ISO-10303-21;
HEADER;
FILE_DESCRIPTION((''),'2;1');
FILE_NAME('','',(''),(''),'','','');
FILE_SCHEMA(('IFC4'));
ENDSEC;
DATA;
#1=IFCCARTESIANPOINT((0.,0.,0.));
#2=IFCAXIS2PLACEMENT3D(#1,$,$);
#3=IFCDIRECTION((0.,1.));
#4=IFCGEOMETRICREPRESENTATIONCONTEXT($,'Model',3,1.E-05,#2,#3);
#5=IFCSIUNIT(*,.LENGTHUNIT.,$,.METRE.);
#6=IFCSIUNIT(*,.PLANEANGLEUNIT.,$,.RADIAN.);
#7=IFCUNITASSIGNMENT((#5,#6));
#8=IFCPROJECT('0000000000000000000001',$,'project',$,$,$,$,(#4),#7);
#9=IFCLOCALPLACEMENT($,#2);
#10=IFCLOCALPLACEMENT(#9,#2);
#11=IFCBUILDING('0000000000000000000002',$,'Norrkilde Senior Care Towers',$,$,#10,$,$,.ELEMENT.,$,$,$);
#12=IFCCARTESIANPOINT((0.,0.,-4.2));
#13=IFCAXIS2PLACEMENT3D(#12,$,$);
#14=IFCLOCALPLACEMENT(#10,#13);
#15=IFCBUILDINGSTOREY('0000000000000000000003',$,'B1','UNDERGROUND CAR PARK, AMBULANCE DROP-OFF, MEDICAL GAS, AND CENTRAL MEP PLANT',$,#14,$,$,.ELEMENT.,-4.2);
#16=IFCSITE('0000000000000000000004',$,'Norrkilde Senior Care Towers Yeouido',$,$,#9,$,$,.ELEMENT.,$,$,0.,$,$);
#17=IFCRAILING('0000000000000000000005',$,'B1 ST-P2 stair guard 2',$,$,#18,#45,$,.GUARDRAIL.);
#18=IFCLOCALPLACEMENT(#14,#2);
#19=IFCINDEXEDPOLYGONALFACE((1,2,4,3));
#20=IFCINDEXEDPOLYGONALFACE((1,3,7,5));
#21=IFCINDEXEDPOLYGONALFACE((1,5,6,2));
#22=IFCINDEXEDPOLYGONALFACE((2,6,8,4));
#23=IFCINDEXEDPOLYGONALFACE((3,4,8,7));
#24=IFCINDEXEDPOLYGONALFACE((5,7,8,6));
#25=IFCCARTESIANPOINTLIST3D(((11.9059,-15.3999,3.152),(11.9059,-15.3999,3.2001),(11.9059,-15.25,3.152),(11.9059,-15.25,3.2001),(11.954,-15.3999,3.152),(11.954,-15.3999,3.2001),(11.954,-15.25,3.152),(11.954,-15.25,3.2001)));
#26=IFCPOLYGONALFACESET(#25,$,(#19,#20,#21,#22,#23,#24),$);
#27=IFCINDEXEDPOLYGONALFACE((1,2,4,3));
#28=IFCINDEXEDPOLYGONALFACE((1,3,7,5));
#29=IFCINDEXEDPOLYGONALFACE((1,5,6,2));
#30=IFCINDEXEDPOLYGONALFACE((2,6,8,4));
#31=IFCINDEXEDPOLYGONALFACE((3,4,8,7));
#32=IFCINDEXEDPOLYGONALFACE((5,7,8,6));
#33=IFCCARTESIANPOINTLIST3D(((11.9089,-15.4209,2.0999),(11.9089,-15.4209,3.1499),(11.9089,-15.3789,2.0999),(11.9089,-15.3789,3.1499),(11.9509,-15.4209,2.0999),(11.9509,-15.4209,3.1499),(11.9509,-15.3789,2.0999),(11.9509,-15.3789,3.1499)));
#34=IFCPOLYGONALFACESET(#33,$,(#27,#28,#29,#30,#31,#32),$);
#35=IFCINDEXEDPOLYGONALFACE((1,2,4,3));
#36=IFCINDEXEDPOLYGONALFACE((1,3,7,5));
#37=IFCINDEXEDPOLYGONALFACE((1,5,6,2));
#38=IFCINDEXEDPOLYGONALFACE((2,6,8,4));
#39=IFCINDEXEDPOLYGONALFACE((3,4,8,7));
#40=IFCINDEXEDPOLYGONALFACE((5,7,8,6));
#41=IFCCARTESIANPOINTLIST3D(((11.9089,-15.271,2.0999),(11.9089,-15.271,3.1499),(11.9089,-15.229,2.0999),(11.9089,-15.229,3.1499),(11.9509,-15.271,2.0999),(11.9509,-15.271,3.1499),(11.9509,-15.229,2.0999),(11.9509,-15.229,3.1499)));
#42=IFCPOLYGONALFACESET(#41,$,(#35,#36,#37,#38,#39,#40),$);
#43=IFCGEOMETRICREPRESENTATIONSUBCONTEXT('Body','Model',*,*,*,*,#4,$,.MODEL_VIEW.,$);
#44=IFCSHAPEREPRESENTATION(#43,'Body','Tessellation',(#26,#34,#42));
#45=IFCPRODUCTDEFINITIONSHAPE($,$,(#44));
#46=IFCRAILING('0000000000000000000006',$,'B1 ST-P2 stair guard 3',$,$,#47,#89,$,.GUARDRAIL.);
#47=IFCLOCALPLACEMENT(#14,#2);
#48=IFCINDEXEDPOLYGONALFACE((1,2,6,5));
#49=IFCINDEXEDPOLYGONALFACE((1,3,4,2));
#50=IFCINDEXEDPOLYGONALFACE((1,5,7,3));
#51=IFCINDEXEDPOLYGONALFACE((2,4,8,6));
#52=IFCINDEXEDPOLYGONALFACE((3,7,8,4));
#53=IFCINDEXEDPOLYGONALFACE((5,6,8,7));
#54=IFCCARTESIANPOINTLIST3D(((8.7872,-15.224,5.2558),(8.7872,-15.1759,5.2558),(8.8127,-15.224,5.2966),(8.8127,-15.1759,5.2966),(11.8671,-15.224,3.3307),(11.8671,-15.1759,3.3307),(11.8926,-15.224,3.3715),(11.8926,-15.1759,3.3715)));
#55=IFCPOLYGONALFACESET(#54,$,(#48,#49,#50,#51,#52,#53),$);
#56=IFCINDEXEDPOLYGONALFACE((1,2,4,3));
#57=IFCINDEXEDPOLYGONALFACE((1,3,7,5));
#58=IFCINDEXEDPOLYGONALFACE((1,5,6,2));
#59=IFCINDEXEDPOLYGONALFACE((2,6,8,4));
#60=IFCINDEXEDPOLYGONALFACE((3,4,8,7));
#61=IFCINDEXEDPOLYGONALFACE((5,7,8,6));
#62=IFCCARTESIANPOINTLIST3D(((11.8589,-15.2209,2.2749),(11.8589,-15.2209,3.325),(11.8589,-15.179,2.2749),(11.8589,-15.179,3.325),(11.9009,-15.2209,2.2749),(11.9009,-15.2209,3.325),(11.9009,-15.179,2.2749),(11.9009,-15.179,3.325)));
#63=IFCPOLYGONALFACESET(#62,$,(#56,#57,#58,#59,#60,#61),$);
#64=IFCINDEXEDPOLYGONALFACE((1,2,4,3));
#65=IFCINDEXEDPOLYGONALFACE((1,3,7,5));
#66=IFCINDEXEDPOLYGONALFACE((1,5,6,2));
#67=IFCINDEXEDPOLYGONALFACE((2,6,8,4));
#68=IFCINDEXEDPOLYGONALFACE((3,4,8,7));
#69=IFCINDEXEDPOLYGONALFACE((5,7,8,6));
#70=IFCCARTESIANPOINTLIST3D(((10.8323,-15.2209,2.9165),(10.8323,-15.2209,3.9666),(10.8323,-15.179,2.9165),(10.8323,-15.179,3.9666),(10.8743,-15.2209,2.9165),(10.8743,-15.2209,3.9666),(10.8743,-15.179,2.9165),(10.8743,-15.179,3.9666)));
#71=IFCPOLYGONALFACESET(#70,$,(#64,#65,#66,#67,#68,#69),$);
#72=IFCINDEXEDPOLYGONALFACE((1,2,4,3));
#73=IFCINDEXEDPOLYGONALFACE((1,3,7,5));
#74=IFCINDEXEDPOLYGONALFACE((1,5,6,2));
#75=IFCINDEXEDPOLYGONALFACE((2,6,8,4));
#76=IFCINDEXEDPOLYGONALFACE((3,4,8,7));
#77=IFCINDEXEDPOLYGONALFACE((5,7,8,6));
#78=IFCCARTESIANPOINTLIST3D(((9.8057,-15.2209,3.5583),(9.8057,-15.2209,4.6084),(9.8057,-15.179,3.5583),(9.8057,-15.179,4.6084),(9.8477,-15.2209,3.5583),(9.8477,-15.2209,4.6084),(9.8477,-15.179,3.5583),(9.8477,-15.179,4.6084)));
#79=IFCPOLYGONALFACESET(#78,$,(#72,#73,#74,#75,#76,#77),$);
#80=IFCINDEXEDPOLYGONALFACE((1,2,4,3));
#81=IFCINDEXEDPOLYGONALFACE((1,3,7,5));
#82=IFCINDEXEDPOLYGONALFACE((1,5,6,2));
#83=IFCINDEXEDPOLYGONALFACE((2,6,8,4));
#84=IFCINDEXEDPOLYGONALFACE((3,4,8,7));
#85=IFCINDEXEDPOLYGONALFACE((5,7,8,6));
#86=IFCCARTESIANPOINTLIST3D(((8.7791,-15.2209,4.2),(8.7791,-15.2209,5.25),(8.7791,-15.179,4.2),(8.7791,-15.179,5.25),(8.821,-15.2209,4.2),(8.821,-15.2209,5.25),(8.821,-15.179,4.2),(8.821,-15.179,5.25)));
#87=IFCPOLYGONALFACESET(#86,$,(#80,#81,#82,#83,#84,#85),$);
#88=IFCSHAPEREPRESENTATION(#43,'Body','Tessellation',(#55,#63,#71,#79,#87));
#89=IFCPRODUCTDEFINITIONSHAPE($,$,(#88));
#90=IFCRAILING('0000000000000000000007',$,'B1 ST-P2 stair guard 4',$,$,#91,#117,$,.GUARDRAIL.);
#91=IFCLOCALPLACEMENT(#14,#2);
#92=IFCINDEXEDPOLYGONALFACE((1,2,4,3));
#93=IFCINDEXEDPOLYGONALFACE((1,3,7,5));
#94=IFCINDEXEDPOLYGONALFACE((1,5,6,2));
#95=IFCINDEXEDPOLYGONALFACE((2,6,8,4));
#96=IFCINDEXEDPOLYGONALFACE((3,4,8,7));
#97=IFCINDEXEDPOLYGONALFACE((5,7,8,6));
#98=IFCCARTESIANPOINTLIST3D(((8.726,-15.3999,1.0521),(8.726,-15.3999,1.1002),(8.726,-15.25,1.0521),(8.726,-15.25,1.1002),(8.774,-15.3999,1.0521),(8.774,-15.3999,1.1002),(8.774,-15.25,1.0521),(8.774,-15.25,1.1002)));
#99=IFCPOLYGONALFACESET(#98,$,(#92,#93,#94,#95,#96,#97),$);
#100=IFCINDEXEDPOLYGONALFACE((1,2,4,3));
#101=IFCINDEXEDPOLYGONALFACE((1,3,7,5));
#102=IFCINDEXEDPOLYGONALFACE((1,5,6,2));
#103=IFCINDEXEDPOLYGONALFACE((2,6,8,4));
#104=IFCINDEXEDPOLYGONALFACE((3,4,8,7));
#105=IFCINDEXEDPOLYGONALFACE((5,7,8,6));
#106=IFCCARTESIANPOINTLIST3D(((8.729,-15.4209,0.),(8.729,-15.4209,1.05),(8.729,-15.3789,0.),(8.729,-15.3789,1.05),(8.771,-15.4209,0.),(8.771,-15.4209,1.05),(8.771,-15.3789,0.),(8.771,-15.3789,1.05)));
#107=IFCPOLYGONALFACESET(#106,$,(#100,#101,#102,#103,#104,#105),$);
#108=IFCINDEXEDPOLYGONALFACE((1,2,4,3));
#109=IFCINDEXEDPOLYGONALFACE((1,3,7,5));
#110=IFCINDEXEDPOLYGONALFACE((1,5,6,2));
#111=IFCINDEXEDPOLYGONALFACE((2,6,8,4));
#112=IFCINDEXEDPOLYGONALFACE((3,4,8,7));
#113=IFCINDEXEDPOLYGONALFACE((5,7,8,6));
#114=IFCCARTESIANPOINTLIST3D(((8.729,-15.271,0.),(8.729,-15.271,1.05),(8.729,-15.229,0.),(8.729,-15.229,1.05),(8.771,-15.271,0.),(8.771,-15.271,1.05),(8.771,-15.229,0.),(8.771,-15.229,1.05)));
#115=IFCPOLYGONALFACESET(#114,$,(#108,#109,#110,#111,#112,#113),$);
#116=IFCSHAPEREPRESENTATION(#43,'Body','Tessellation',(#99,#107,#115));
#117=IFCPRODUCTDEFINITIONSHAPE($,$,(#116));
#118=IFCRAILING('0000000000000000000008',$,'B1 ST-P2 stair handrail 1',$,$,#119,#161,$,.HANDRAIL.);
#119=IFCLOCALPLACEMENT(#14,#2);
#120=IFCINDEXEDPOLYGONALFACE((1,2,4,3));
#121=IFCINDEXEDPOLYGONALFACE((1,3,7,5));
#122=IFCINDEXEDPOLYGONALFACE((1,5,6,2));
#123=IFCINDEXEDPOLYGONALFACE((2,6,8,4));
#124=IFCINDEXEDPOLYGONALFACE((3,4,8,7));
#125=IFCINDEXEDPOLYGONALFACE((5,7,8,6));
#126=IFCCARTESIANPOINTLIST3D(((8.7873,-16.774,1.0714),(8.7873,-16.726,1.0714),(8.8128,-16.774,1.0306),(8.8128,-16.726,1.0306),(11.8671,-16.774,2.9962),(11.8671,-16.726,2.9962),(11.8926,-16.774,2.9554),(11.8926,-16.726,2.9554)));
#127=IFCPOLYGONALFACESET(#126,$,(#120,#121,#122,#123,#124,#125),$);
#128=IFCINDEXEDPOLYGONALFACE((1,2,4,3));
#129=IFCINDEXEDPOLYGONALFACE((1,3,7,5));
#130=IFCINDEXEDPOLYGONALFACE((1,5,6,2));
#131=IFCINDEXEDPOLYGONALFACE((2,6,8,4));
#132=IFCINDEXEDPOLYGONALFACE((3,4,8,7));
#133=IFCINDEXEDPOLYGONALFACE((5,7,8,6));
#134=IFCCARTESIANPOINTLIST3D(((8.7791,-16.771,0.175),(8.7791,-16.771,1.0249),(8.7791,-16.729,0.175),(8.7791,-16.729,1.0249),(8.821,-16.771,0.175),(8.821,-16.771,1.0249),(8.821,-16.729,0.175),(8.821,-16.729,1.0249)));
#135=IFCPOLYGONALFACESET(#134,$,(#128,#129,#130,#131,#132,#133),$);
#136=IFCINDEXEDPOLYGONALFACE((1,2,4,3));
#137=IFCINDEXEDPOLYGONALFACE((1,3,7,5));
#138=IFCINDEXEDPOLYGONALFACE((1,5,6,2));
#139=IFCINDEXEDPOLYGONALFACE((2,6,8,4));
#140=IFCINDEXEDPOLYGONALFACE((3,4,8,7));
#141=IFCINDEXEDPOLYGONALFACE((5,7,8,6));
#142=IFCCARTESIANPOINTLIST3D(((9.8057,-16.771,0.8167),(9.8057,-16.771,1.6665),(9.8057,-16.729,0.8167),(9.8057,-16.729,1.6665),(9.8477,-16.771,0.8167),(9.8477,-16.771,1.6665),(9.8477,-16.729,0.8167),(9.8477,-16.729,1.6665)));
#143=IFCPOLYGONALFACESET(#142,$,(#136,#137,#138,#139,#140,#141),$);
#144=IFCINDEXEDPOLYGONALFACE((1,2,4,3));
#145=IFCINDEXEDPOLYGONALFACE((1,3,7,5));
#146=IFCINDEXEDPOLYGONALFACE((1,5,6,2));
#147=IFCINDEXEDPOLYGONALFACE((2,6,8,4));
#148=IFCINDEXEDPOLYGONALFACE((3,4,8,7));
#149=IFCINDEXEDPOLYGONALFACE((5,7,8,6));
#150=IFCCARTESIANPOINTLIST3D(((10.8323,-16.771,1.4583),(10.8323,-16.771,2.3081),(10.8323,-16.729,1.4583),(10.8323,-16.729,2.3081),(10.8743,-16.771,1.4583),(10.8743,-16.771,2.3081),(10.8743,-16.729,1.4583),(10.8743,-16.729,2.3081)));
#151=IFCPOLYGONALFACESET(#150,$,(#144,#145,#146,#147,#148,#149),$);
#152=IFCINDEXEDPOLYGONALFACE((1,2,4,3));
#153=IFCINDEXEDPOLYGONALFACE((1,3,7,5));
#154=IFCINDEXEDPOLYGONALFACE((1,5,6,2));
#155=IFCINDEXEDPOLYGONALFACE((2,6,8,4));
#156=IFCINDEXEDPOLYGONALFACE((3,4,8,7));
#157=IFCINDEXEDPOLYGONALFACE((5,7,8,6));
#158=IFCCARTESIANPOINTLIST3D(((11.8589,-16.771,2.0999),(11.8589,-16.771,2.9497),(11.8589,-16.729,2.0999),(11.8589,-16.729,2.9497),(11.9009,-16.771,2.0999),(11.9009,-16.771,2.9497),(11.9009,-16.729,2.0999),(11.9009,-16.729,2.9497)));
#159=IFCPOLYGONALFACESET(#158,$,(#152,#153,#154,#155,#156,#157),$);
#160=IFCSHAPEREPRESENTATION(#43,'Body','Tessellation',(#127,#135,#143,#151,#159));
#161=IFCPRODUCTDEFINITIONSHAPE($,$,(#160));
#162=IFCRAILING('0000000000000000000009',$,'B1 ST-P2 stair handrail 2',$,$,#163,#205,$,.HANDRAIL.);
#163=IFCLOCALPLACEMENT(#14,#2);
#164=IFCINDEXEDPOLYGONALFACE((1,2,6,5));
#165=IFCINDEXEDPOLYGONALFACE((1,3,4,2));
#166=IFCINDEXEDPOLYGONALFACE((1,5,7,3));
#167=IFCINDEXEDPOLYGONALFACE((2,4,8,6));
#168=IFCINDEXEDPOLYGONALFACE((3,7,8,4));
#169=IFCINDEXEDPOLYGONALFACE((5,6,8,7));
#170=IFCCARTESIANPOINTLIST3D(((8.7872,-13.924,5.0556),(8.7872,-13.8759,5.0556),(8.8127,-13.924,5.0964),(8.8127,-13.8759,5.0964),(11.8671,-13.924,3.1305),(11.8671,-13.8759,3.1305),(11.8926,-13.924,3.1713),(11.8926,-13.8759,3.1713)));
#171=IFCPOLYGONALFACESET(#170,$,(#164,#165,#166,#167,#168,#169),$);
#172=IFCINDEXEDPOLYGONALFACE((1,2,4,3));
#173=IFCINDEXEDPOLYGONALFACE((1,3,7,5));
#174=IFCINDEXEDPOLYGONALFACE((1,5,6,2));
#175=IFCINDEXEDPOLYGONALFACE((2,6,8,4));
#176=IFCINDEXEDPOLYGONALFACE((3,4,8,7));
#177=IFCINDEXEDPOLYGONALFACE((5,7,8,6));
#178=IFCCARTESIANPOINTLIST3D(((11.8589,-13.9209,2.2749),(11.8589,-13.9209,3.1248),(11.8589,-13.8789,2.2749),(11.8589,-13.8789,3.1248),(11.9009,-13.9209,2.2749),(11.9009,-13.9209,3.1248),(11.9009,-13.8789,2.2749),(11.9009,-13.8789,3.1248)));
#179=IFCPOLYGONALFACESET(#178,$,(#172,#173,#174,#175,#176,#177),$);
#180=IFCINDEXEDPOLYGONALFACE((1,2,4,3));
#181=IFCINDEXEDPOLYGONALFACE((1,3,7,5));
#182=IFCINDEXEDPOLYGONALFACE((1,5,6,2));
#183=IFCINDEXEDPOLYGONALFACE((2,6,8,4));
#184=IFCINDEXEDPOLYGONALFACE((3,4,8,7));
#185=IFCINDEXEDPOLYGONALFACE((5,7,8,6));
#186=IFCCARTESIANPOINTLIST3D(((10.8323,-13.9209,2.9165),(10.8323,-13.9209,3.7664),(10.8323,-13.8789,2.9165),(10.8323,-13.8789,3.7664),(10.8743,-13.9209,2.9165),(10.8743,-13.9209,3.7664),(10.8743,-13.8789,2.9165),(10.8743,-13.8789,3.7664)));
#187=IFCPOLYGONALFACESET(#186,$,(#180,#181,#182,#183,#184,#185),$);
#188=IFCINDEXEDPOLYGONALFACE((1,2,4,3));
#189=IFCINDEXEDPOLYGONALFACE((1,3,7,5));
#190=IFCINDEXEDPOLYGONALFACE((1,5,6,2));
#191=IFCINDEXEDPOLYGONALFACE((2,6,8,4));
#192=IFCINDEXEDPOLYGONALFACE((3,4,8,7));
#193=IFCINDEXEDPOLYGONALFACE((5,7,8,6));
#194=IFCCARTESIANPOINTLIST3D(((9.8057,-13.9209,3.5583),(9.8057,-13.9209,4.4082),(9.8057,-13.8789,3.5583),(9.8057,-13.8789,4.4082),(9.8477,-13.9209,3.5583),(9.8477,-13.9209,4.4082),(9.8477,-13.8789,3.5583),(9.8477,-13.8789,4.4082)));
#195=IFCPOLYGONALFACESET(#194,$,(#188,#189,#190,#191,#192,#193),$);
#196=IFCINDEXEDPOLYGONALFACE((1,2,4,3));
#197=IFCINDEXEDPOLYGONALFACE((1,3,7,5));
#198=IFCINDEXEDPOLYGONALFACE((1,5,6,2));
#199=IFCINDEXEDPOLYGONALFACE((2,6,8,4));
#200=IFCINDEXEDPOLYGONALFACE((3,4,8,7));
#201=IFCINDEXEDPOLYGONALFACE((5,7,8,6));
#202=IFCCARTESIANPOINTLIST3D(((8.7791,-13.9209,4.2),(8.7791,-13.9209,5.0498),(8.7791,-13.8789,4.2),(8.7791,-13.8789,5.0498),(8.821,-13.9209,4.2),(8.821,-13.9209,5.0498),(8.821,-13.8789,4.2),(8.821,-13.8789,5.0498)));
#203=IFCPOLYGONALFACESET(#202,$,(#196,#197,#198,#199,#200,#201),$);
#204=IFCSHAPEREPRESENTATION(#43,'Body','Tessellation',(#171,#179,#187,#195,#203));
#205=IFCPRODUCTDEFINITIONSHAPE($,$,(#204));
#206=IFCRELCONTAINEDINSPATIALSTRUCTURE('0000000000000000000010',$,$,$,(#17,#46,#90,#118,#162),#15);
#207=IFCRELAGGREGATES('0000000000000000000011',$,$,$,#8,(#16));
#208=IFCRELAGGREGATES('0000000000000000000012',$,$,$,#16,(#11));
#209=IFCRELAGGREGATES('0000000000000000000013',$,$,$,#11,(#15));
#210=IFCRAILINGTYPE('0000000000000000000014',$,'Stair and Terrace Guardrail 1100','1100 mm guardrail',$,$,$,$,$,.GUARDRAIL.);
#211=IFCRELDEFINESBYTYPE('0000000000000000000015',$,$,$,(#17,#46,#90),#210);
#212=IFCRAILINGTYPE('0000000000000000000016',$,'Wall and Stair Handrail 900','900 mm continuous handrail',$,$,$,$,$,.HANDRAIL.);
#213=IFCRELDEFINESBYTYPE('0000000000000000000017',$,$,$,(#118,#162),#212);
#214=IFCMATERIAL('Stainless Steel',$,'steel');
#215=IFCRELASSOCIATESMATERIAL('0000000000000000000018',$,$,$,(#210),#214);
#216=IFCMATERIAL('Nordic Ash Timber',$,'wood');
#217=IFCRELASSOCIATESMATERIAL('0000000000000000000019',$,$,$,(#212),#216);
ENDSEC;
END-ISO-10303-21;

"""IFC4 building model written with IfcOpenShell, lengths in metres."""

from ifc_helpers import new_model, si_unit, direction, frame, origin, origin_2d, place, context, subcontext, project, spatial, rectangle, extrude, material, type_object, element, save


model = new_model("IFC4")

# Units and contexts
model_context = context("Model", 3, precision=1e-05, world=origin(), true_north=direction((0.0, 1.0)))
body_context = subcontext(model_context, "Body", "Model", "MODEL_VIEW")
ifc_project = project(units=[si_unit("LENGTHUNIT", "METRE"), si_unit("PLANEANGLEUNIT", "RADIAN")], contexts=[model_context])

# Site, building, storey
site_placement = place(None, origin())
site = spatial("IfcSite", under=ifc_project, at=site_placement, Name="Norrkilde Senior Care Towers Yeouido", CompositionType="ELEMENT", RefElevation=0.0)
building_placement = place(site_placement, origin())
building = spatial("IfcBuilding", under=site, at=building_placement, Name="Norrkilde Senior Care Towers", CompositionType="ELEMENT")
storey_placement = place(building_placement, frame((0.0, 0.0, -4.2)))
storey = spatial("IfcBuildingStorey", under=building, at=storey_placement, Name="B1", Description="UNDERGROUND CAR PARK, AMBULANCE DROP-OFF, MEDICAL GAS, AND CENTRAL MEP PLANT", CompositionType="ELEMENT", Elevation=-4.2)

# Railings
ifc_material_1 = material(Name="Stainless Steel", Category="steel")
railing_type_1 = type_object("IfcRailingType", Name="Stair and Terrace Guardrail 1100", Description="1100 mm guardrail", PredefinedType="GUARDRAIL", material=ifc_material_1)
railing_1_placement = place(storey_placement, frame((11.9299, -15.3999, 2.0999)))
element("IfcRailing", 1, at=railing_1_placement, inside=storey, type_object=railing_type_1, Name="B1 ST-P2 stair guard 2", PredefinedType="GUARDRAIL", context=body_context, shape_type="SweptSolid", body=[
    extrude(rectangle(XDim=0.0481, YDim=0.0481, at=origin_2d()), frame((0.0, 0.0, 1.0762), z_axis=(0.0, 1.0, 0.0), x_axis=(-1.0, 0.0, 0.0)), (0.0, 0.0, 1.0), 0.1499),
    extrude(rectangle(XDim=0.042, YDim=0.042, at=origin_2d()), origin(), (0.0, 0.0, 1.0), 1.05),
    extrude(rectangle(XDim=0.042, YDim=0.042, at=origin_2d()), frame((0.0, 0.1499, 0.0)), (0.0, 0.0, 1.0), 1.05),
])
railing_2_placement = place(storey_placement, frame((11.8799, -15.2, 2.2749)))
element("IfcRailing", 2, at=railing_2_placement, inside=storey, type_object=railing_type_1, Name="B1 ST-P2 stair guard 3", PredefinedType="GUARDRAIL", context=body_context, shape_type="SweptSolid", body=[
    extrude(rectangle(XDim=0.0481, YDim=0.0481, at=origin_2d()), frame((0.0, 0.0, 1.0762), z_axis=(-0.847979, 0.0, 0.530029), x_axis=(0.0, -1.0, 0.0)), (0.0, 0.0, 1.0), 3.6321),
    extrude(rectangle(XDim=0.042, YDim=0.042, at=origin_2d()), origin(), (0.0, 0.0, 1.0), 1.05),
    extrude(rectangle(XDim=0.042, YDim=0.042, at=origin_2d()), frame((-1.0266, 0.0, 0.6416)), (0.0, 0.0, 1.0), 1.05),
    extrude(rectangle(XDim=0.042, YDim=0.042, at=origin_2d()), frame((-2.0532, 0.0, 1.2834)), (0.0, 0.0, 1.0), 1.05),
    extrude(rectangle(XDim=0.042, YDim=0.042, at=origin_2d()), frame((-3.0798, 0.0, 1.925)), (0.0, 0.0, 1.0), 1.05),
])
railing_3_placement = place(storey_placement, frame((8.75, -15.3999, 0.0)))
element("IfcRailing", 3, at=railing_3_placement, inside=storey, type_object=railing_type_1, Name="B1 ST-P2 stair guard 4", PredefinedType="GUARDRAIL", context=body_context, shape_type="SweptSolid", body=[
    extrude(rectangle(XDim=0.0481, YDim=0.0481, at=origin_2d()), frame((0.0, 0.0, 1.0762), z_axis=(0.0, 1.0, 0.0), x_axis=(-1.0, 0.0, 0.0)), (0.0, 0.0, 1.0), 0.1499),
    extrude(rectangle(XDim=0.042, YDim=0.042, at=origin_2d()), origin(), (0.0, 0.0, 1.0), 1.05),
    extrude(rectangle(XDim=0.042, YDim=0.042, at=origin_2d()), frame((0.0, 0.1499, 0.0)), (0.0, 0.0, 1.0), 1.05),
])
ifc_material_2 = material(Name="Nordic Ash Timber", Category="wood")
railing_type_2 = type_object("IfcRailingType", Name="Wall and Stair Handrail 900", Description="900 mm continuous handrail", PredefinedType="HANDRAIL", material=ifc_material_2)
railing_4_placement = place(storey_placement, frame((8.8, -16.75, 0.175)))
element("IfcRailing", 4, at=railing_4_placement, inside=storey, type_object=railing_type_2, Name="B1 ST-P2 stair handrail 1", PredefinedType="HANDRAIL", context=body_context, shape_type="SweptSolid", body=[
    extrude(rectangle(XDim=0.0481, YDim=0.0481, at=origin_2d()), frame((0.0, 0.0, 0.876), z_axis=(0.84801, 0.0, 0.529981), x_axis=(0.0, 1.0, 0.0)), (0.0, 0.0, 1.0), 3.6318),
    extrude(rectangle(XDim=0.042, YDim=0.042, at=origin_2d()), origin(), (0.0, 0.0, 1.0), 0.8499),
    extrude(rectangle(XDim=0.042, YDim=0.042, at=origin_2d()), frame((1.0266, 0.0, 0.6416)), (0.0, 0.0, 1.0), 0.8499),
    extrude(rectangle(XDim=0.042, YDim=0.042, at=origin_2d()), frame((2.0532, 0.0, 1.2832)), (0.0, 0.0, 1.0), 0.8499),
    extrude(rectangle(XDim=0.042, YDim=0.042, at=origin_2d()), frame((3.0798, 0.0, 1.9248)), (0.0, 0.0, 1.0), 0.8499),
])
railing_5_placement = place(storey_placement, frame((11.8799, -13.8999, 2.2749)))
element("IfcRailing", 5, at=railing_5_placement, inside=storey, type_object=railing_type_2, Name="B1 ST-P2 stair handrail 2", PredefinedType="HANDRAIL", context=body_context, shape_type="SweptSolid", body=[
    extrude(rectangle(XDim=0.0481, YDim=0.0481, at=origin_2d()), frame((0.0, 0.0, 0.876), z_axis=(-0.847979, 0.0, 0.530029), x_axis=(0.0, -1.0, 0.0)), (0.0, 0.0, 1.0), 3.6321),
    extrude(rectangle(XDim=0.042, YDim=0.042, at=origin_2d()), origin(), (0.0, 0.0, 1.0), 0.8499),
    extrude(rectangle(XDim=0.042, YDim=0.042, at=origin_2d()), frame((-1.0266, 0.0, 0.6416)), (0.0, 0.0, 1.0), 0.8499),
    extrude(rectangle(XDim=0.042, YDim=0.042, at=origin_2d()), frame((-2.0532, 0.0, 1.2834)), (0.0, 0.0, 1.0), 0.8499),
    extrude(rectangle(XDim=0.042, YDim=0.042, at=origin_2d()), frame((-3.0798, 0.0, 1.925)), (0.0, 0.0, 1.0), 0.8499),
])

save(model, "model.ifc")
